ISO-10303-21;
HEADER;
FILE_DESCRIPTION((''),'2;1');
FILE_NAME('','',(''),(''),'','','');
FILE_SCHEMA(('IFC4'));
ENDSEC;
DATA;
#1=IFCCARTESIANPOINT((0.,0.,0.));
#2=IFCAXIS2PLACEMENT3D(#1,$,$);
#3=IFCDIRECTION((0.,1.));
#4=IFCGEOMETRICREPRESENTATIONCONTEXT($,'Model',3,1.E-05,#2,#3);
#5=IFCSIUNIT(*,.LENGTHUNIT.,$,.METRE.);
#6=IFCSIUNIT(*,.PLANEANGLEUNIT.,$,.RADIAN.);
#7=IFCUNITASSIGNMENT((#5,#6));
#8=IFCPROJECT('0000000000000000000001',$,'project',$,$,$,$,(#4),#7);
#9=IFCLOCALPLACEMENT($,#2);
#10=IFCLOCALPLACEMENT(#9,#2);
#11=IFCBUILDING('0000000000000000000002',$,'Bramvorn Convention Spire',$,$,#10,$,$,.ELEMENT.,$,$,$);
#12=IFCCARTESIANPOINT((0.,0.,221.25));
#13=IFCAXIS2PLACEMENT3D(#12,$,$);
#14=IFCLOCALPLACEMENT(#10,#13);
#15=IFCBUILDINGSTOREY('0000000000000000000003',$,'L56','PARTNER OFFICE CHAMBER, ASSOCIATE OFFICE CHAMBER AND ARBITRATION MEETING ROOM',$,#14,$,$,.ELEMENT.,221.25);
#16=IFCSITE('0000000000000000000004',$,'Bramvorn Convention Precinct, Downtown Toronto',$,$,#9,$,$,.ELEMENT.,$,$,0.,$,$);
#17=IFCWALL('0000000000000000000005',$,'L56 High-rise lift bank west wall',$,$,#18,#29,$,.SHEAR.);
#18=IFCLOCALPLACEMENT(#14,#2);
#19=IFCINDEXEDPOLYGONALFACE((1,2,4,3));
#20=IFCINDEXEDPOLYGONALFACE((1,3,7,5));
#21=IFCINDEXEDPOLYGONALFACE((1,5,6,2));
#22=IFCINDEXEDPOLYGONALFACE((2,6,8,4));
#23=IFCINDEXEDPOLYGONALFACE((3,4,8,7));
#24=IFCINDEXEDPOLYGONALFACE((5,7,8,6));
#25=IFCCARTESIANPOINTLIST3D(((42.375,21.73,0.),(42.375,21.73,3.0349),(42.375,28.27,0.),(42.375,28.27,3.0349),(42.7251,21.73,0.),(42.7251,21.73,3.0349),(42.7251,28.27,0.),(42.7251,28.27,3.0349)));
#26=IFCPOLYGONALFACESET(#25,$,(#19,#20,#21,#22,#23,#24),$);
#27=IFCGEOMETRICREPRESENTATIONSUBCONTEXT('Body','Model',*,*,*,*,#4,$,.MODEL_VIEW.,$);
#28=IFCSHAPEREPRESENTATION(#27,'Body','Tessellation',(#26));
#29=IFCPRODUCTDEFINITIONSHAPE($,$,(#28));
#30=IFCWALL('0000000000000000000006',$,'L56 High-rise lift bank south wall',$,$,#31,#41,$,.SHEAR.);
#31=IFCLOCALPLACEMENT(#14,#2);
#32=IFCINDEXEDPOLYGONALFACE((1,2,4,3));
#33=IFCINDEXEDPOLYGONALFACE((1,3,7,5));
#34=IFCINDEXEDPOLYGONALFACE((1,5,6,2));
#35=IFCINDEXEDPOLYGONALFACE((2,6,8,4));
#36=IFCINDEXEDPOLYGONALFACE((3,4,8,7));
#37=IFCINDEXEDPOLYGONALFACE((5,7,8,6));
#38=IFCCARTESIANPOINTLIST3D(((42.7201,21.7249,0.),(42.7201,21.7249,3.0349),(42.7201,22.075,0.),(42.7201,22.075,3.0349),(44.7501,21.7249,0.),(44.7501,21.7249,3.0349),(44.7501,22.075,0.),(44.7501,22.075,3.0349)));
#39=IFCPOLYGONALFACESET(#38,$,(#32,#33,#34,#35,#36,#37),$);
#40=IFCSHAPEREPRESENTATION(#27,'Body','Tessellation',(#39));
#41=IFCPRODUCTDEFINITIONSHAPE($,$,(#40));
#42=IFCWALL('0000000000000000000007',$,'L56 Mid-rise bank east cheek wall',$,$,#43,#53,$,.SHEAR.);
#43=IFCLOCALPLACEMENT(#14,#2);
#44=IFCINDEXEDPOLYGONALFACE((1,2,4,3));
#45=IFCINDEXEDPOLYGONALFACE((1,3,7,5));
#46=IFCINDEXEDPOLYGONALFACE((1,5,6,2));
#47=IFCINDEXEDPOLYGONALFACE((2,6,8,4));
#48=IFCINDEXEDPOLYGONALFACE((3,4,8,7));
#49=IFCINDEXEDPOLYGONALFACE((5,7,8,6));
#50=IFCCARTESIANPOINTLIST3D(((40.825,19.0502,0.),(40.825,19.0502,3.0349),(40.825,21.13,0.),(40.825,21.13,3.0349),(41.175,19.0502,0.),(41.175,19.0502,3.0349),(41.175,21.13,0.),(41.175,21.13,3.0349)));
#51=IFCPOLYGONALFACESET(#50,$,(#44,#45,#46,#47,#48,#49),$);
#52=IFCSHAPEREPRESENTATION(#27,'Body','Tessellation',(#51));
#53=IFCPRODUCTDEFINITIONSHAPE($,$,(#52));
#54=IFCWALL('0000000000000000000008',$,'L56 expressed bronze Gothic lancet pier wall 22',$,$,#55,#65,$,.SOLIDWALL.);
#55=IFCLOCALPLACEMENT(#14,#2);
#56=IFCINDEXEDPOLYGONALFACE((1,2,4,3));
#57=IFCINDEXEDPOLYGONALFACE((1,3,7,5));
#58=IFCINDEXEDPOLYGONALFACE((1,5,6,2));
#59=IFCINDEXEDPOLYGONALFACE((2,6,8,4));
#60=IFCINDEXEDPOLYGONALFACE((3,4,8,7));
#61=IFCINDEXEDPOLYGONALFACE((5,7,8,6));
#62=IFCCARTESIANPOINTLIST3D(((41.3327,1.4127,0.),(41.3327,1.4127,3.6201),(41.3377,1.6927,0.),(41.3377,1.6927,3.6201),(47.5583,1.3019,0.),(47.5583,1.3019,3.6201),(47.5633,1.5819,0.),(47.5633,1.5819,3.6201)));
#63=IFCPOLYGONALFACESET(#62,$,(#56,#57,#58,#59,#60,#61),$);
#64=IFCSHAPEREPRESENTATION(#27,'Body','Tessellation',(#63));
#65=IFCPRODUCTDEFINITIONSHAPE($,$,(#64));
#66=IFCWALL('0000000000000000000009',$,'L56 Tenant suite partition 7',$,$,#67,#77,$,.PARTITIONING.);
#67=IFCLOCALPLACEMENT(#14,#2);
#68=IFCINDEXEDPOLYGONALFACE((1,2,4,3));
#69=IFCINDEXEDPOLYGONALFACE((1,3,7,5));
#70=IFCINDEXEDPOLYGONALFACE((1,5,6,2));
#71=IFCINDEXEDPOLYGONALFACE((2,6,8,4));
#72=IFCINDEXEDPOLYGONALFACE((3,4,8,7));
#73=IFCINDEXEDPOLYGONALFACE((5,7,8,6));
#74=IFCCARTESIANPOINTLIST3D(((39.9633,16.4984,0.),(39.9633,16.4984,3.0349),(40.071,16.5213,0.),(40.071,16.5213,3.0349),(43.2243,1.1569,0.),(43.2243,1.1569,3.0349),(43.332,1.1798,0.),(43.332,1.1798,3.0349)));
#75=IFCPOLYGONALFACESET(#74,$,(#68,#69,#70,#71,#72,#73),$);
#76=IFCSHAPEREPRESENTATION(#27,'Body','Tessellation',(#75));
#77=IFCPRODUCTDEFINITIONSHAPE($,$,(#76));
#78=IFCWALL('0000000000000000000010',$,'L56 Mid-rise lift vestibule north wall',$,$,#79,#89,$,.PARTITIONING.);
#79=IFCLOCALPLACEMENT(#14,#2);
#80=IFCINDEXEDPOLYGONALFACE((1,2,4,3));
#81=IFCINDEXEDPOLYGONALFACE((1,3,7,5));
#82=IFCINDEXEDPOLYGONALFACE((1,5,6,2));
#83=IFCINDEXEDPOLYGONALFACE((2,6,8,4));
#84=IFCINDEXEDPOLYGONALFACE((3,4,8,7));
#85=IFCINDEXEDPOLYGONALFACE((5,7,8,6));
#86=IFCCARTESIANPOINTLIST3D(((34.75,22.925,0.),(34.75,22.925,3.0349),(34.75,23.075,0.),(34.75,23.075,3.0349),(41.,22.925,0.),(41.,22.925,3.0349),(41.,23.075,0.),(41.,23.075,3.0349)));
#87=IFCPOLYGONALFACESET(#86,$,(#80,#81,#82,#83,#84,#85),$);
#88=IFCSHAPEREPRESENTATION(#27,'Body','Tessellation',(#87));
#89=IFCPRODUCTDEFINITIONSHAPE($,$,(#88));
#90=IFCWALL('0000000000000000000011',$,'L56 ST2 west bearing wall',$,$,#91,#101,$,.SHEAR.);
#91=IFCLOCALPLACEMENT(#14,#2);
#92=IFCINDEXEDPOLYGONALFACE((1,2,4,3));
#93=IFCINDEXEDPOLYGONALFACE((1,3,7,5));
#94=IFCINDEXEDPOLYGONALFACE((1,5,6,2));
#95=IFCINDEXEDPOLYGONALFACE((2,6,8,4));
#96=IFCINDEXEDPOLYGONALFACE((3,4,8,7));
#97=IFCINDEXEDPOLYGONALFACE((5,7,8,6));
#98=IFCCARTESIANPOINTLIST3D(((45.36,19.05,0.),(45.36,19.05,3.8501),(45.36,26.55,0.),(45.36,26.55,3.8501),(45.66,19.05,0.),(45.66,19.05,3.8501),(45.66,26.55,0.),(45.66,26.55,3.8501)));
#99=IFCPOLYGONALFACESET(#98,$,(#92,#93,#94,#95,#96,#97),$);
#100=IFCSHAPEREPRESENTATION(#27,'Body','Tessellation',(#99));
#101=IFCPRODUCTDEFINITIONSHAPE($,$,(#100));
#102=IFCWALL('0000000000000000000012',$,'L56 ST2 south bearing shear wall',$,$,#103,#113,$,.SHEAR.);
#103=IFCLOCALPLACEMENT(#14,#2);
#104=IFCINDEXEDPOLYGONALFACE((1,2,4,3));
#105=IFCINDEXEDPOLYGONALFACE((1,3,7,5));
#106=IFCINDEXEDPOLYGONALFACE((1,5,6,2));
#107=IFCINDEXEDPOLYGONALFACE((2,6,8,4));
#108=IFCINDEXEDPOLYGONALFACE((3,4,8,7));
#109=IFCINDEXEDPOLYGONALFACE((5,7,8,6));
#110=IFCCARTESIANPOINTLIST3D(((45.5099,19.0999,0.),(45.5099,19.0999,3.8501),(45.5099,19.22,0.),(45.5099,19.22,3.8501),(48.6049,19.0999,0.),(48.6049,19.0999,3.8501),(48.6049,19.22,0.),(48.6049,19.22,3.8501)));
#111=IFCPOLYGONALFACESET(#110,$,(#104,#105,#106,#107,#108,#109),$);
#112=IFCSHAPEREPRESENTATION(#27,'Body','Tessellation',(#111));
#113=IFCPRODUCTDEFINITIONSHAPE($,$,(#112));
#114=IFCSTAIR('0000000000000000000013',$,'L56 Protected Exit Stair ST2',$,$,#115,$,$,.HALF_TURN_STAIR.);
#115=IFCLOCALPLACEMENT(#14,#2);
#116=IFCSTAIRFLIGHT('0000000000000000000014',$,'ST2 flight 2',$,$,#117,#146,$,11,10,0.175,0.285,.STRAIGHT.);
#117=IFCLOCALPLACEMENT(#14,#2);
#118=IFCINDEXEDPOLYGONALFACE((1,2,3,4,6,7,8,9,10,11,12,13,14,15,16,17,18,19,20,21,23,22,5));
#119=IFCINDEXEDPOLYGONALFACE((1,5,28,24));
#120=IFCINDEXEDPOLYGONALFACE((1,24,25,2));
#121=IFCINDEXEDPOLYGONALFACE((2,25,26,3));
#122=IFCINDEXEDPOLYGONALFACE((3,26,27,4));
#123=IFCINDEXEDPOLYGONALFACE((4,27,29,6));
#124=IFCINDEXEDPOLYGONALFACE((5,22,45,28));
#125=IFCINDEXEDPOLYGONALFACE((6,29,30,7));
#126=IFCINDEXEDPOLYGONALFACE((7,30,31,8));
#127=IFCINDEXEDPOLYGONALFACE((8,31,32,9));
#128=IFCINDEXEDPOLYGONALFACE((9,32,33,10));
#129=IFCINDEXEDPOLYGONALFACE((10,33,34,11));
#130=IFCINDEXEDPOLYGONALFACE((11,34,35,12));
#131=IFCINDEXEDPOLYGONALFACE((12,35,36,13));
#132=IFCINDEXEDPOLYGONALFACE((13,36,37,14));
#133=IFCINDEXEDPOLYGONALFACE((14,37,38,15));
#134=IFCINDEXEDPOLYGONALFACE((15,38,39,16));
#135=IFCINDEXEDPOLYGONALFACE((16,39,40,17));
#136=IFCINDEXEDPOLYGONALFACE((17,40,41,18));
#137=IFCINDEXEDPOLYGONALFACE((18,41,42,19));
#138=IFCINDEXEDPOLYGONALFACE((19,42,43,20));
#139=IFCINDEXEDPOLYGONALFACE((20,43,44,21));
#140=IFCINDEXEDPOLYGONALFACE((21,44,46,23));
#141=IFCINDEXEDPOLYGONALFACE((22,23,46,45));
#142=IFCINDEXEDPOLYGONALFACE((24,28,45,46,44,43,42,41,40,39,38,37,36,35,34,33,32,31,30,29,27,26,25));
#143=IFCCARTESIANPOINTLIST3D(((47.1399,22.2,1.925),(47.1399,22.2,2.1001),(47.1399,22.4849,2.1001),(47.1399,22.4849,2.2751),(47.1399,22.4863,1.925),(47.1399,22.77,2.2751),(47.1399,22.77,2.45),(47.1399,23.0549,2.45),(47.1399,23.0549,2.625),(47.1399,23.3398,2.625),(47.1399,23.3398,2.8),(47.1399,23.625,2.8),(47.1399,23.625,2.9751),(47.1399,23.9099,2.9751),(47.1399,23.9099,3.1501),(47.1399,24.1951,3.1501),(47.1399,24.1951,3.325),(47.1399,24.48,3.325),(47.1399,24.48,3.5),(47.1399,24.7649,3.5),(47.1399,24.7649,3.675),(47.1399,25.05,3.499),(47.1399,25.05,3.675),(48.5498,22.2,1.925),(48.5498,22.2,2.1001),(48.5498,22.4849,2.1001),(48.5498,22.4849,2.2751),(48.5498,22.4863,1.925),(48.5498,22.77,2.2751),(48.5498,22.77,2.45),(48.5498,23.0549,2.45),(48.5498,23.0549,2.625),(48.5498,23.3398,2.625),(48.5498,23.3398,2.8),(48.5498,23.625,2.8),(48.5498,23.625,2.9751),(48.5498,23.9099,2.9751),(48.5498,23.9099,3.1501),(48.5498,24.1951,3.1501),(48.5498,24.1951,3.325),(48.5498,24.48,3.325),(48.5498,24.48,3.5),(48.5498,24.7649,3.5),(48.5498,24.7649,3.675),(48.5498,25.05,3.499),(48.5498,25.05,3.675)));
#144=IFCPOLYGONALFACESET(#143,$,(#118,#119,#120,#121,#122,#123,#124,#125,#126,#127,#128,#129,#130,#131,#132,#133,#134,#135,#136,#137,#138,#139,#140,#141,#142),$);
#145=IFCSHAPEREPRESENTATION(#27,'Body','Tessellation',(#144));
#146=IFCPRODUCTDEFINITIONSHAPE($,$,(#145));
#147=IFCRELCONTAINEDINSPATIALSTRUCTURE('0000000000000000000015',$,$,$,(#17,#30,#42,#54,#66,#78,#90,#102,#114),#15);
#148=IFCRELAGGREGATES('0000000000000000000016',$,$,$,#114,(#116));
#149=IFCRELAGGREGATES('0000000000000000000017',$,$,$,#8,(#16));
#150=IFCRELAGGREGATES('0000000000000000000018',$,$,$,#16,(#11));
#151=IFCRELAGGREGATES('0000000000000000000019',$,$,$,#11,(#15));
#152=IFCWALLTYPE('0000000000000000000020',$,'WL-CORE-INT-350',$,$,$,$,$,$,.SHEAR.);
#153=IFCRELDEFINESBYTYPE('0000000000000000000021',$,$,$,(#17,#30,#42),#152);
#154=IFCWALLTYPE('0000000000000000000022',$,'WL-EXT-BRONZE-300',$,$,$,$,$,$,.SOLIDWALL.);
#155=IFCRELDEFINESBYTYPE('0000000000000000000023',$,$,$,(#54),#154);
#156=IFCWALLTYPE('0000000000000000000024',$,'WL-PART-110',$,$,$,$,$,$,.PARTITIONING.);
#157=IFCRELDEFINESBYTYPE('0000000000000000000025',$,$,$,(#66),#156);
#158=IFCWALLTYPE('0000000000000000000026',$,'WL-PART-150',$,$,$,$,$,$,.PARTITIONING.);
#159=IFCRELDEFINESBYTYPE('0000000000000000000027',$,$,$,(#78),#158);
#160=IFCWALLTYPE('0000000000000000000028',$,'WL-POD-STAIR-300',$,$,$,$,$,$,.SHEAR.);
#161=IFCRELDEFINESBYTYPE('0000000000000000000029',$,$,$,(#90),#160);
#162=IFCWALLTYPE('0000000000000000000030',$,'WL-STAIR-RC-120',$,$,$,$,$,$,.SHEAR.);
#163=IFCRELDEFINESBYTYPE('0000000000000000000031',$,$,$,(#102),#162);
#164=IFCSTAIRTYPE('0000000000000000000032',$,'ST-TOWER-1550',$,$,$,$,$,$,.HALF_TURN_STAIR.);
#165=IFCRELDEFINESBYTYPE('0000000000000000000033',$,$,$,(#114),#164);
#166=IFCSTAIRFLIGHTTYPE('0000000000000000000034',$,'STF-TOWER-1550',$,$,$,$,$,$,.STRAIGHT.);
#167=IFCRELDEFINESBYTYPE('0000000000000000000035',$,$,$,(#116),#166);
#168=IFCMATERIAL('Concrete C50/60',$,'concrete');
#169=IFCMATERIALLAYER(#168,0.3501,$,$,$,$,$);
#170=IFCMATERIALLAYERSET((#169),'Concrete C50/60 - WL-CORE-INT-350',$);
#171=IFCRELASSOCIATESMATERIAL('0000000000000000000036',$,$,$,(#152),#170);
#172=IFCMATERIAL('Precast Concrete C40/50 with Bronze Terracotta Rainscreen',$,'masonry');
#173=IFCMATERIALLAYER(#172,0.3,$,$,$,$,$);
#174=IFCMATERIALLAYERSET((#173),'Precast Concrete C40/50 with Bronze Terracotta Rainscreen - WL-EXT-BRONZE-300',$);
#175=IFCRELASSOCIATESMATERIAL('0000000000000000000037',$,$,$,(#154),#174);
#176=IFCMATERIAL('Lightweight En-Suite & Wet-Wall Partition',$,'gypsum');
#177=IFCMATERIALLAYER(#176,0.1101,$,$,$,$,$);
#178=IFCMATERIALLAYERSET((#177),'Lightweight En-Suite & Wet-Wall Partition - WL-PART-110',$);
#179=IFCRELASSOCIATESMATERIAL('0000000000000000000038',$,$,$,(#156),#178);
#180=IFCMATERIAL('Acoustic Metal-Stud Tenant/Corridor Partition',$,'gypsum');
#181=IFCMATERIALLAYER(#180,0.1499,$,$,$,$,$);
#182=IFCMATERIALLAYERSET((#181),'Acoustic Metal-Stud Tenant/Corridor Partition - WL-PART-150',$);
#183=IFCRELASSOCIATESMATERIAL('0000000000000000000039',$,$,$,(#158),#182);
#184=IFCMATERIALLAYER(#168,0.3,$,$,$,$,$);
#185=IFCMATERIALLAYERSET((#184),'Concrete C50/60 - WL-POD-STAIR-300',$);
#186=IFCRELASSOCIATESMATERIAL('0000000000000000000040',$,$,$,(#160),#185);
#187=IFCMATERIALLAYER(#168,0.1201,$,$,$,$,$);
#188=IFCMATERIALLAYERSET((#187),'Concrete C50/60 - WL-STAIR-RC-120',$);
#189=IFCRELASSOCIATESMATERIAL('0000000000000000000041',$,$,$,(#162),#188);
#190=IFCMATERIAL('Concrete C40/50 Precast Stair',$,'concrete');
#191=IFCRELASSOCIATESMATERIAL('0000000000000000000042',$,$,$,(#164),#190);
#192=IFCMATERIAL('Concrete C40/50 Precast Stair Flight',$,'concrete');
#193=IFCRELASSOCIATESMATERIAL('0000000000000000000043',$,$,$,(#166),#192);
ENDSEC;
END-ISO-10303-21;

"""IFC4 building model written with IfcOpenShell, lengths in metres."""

from ifc_helpers import new_model, si_unit, direction, frame, frame_2d, origin, place, context, subcontext, project, spatial, polyline, rectangle, outline, extrude, material, layer, layer_set, type_object, element, aggregate, save


model = new_model("IFC4")

# Units and contexts
model_context = context("Model", 3, precision=1e-05, world=origin(), true_north=direction((0.0, 1.0)))
body_context = subcontext(model_context, "Body", "Model", "MODEL_VIEW")
ifc_project = project(units=[si_unit("LENGTHUNIT", "METRE"), si_unit("PLANEANGLEUNIT", "RADIAN")], contexts=[model_context])

# Site, building, storey
site_placement = place(None, origin())
site = spatial("IfcSite", under=ifc_project, at=site_placement, Name="Bramvorn Convention Precinct, Downtown Toronto", CompositionType="ELEMENT", RefElevation=0.0)
building_placement = place(site_placement, origin())
building = spatial("IfcBuilding", under=site, at=building_placement, Name="Bramvorn Convention Spire", CompositionType="ELEMENT")
storey_placement = place(building_placement, frame((0.0, 0.0, 221.25)))
storey = spatial("IfcBuildingStorey", under=building, at=storey_placement, Name="L56", Description="PARTNER OFFICE CHAMBER, ASSOCIATE OFFICE CHAMBER AND ARBITRATION MEETING ROOM", CompositionType="ELEMENT", Elevation=221.25)

# Walls
ifc_material_1 = material(Name="Concrete C50/60", Category="concrete")
ifc_layer_1 = layer(ifc_material_1, 0.3501)
ifc_layer_set_1 = layer_set([ifc_layer_1], Name="Concrete C50/60 - WL-CORE-INT-350")
wall_type_1 = type_object("IfcWallType", Name="WL-CORE-INT-350", PredefinedType="SHEAR", material=ifc_layer_set_1)
wall_1_placement = place(storey_placement, frame((42.55, 21.73, 0.0), z_axis=(0.0, 0.0, 1.0), x_axis=(0.0, 1.0, 0.0)))
element("IfcWall", 1, at=wall_1_placement, inside=storey, type_object=wall_type_1, Name="L56 High-rise lift bank west wall", PredefinedType="SHEAR", context=body_context, shape_type="SweptSolid", body=[
    extrude(rectangle(XDim=6.54, YDim=0.3501, at=frame_2d((3.27, 0.0))), origin(), (0.0, 0.0, 1.0), 3.0349),
])
wall_2_placement = place(storey_placement, frame((42.72, 21.8999, 0.0), z_axis=(0.0, 0.0, 1.0), x_axis=(1.0, 0.0, 0.0)))
element("IfcWall", 2, at=wall_2_placement, inside=storey, type_object=wall_type_1, Name="L56 High-rise lift bank south wall", PredefinedType="SHEAR", context=body_context, shape_type="SweptSolid", body=[
    extrude(rectangle(XDim=2.03, YDim=0.3501, at=frame_2d((1.0151, 0.0))), origin(), (0.0, 0.0, 1.0), 3.0349),
])
wall_3_placement = place(storey_placement, frame((41.0, 19.05, 0.0), z_axis=(0.0, 0.0, 1.0), x_axis=(0.0, 1.0, 0.0)))
element("IfcWall", 3, at=wall_3_placement, inside=storey, type_object=wall_type_1, Name="L56 Mid-rise bank east cheek wall", PredefinedType="SHEAR", context=body_context, shape_type="SweptSolid", body=[
    extrude(rectangle(XDim=2.0798, YDim=0.3501, at=frame_2d((1.04, 0.0))), origin(), (0.0, 0.0, 1.0), 3.0349),
])
ifc_material_2 = material(Name="Precast Concrete C40/50 with Bronze Terracotta Rainscreen", Category="masonry")
ifc_layer_2 = layer(ifc_material_2, 0.3)
ifc_layer_set_2 = layer_set([ifc_layer_2], Name="Precast Concrete C40/50 with Bronze Terracotta Rainscreen - WL-EXT-BRONZE-300")
wall_type_2 = type_object("IfcWallType", Name="WL-EXT-BRONZE-300", PredefinedType="SOLIDWALL", material=ifc_layer_set_2)
wall_4_placement = place(storey_placement, frame((47.5608, 1.4419, 0.0), z_axis=(0.0, 0.0, 1.0), x_axis=(-0.999842, 0.017801, 0.0)))
element("IfcWall", 4, at=wall_4_placement, inside=storey, type_object=wall_type_2, Name="L56 expressed bronze Gothic lancet pier wall 22", PredefinedType="SOLIDWALL", context=body_context, shape_type="SweptSolid", body=[
    extrude(rectangle(XDim=6.2266, YDim=0.28, at=frame_2d((3.1133, 0.0))), origin(), (0.0, 0.0, 1.0), 3.6201),
])
ifc_material_3 = material(Name="Lightweight En-Suite & Wet-Wall Partition", Category="gypsum")
ifc_layer_3 = layer(ifc_material_3, 0.1101)
ifc_layer_set_3 = layer_set([ifc_layer_3], Name="Lightweight En-Suite & Wet-Wall Partition - WL-PART-110")
wall_type_3 = type_object("IfcWallType", Name="WL-PART-110", PredefinedType="PARTITIONING", material=ifc_layer_set_3)
wall_5_placement = place(storey_placement, frame((40.0171, 16.51, 0.0), z_axis=(0.0, 0.0, 1.0), x_axis=(0.207914, -0.978147, 0.0)))
element("IfcWall", 5, at=wall_5_placement, inside=storey, type_object=wall_type_3, Name="L56 Tenant suite partition 7", PredefinedType="PARTITIONING", context=body_context, shape_type="SweptSolid", body=[
    extrude(rectangle(XDim=15.6843, YDim=0.1101, at=frame_2d((7.8423, 0.0))), origin(), (0.0, 0.0, 1.0), 3.0349),
])
ifc_material_4 = material(Name="Acoustic Metal-Stud Tenant/Corridor Partition", Category="gypsum")
ifc_layer_4 = layer(ifc_material_4, 0.1499)
ifc_layer_set_4 = layer_set([ifc_layer_4], Name="Acoustic Metal-Stud Tenant/Corridor Partition - WL-PART-150")
wall_type_4 = type_object("IfcWallType", Name="WL-PART-150", PredefinedType="PARTITIONING", material=ifc_layer_set_4)
wall_6_placement = place(storey_placement, frame((34.75, 23.0, 0.0), z_axis=(0.0, 0.0, 1.0), x_axis=(1.0, 0.0, 0.0)))
element("IfcWall", 6, at=wall_6_placement, inside=storey, type_object=wall_type_4, Name="L56 Mid-rise lift vestibule north wall", PredefinedType="PARTITIONING", context=body_context, shape_type="SweptSolid", body=[
    extrude(rectangle(XDim=6.25, YDim=0.1499, at=frame_2d((3.125, 0.0))), origin(), (0.0, 0.0, 1.0), 3.0349),
])
ifc_layer_5 = layer(ifc_material_1, 0.3)
ifc_layer_set_5 = layer_set([ifc_layer_5], Name="Concrete C50/60 - WL-POD-STAIR-300")
wall_type_5 = type_object("IfcWallType", Name="WL-POD-STAIR-300", PredefinedType="SHEAR", material=ifc_layer_set_5)
wall_7_placement = place(storey_placement, frame((45.51, 19.05, 0.0), z_axis=(0.0, 0.0, 1.0), x_axis=(0.0, 1.0, 0.0)))
element("IfcWall", 7, at=wall_7_placement, inside=storey, type_object=wall_type_5, Name="L56 ST2 west bearing wall", PredefinedType="SHEAR", context=body_context, shape_type="SweptSolid", body=[
    extrude(rectangle(XDim=7.5, YDim=0.3, at=frame_2d((3.75, 0.0))), origin(), (0.0, 0.0, 1.0), 3.8501),
])
ifc_layer_6 = layer(ifc_material_1, 0.1201)
ifc_layer_set_6 = layer_set([ifc_layer_6], Name="Concrete C50/60 - WL-STAIR-RC-120")
wall_type_6 = type_object("IfcWallType", Name="WL-STAIR-RC-120", PredefinedType="SHEAR", material=ifc_layer_set_6)
wall_8_placement = place(storey_placement, frame((45.51, 19.1599, 0.0), z_axis=(0.0, 0.0, 1.0), x_axis=(1.0, 0.0, 0.0)))
element("IfcWall", 8, at=wall_8_placement, inside=storey, type_object=wall_type_6, Name="L56 ST2 south bearing shear wall", PredefinedType="SHEAR", context=body_context, shape_type="SweptSolid", body=[
    extrude(rectangle(XDim=3.095, YDim=0.1201, at=frame_2d((1.5474, 0.0))), origin(), (0.0, 0.0, 1.0), 3.8501),
])

# Stair, stair flight
ifc_material_5 = material(Name="Concrete C40/50 Precast Stair", Category="concrete")
stair_type = type_object("IfcStairType", Name="ST-TOWER-1550", PredefinedType="HALF_TURN_STAIR", material=ifc_material_5)
stair_placement = place(storey_placement, origin())
stair = element("IfcStair", 9, at=stair_placement, inside=storey, type_object=stair_type, Name="L56 Protected Exit Stair ST2", PredefinedType="HALF_TURN_STAIR")
ifc_material_6 = material(Name="Concrete C40/50 Precast Stair Flight", Category="concrete")
stair_flight_type = type_object("IfcStairFlightType", Name="STF-TOWER-1550", PredefinedType="STRAIGHT", material=ifc_material_6)
stair_flight_placement = place(storey_placement, frame((47.845, 22.2, 1.925), z_axis=(0.0, 0.0, 1.0), x_axis=(0.0, 1.0, 0.0)))
stair_flight = element("IfcStairFlight", 10, at=stair_flight_placement, type_object=stair_flight_type, Name="ST2 flight 2", NumberOfRisers=11, NumberOfTreads=10, PredefinedType="STRAIGHT", RiserHeight=0.175, TreadLength=0.285, context=body_context, shape_type="SweptSolid", body=[
    extrude(outline(polyline([(0.0, 0.0), (0.0, 0.175), (0.2849, 0.175), (0.2849, 0.3501), (0.5701, 0.3501), (0.5701, 0.5249), (0.855, 0.5249), (0.855, 0.7), (1.1399, 0.7), (1.1399, 0.875), (1.425, 0.875), (1.425, 1.05), (1.71, 1.05), (1.71, 1.2251), (1.9951, 1.2251), (1.9951, 1.3999), (2.28, 1.3999), (2.28, 1.575), (2.5649, 1.575), (2.5649, 1.75), (2.8501, 1.75), (2.8501, 1.925), (2.8501, 1.574), (0.2864, 0.0), (0.0, 0.0)])), frame((0.0, 0.7051, 0.0), z_axis=(0.0, -1.0, 0.0), x_axis=(1.0, 0.0, 0.0)), (0.0, 0.0, 1.0), 1.4099),
])
aggregate(stair, [stair_flight])

save(model, "model.ifc")
